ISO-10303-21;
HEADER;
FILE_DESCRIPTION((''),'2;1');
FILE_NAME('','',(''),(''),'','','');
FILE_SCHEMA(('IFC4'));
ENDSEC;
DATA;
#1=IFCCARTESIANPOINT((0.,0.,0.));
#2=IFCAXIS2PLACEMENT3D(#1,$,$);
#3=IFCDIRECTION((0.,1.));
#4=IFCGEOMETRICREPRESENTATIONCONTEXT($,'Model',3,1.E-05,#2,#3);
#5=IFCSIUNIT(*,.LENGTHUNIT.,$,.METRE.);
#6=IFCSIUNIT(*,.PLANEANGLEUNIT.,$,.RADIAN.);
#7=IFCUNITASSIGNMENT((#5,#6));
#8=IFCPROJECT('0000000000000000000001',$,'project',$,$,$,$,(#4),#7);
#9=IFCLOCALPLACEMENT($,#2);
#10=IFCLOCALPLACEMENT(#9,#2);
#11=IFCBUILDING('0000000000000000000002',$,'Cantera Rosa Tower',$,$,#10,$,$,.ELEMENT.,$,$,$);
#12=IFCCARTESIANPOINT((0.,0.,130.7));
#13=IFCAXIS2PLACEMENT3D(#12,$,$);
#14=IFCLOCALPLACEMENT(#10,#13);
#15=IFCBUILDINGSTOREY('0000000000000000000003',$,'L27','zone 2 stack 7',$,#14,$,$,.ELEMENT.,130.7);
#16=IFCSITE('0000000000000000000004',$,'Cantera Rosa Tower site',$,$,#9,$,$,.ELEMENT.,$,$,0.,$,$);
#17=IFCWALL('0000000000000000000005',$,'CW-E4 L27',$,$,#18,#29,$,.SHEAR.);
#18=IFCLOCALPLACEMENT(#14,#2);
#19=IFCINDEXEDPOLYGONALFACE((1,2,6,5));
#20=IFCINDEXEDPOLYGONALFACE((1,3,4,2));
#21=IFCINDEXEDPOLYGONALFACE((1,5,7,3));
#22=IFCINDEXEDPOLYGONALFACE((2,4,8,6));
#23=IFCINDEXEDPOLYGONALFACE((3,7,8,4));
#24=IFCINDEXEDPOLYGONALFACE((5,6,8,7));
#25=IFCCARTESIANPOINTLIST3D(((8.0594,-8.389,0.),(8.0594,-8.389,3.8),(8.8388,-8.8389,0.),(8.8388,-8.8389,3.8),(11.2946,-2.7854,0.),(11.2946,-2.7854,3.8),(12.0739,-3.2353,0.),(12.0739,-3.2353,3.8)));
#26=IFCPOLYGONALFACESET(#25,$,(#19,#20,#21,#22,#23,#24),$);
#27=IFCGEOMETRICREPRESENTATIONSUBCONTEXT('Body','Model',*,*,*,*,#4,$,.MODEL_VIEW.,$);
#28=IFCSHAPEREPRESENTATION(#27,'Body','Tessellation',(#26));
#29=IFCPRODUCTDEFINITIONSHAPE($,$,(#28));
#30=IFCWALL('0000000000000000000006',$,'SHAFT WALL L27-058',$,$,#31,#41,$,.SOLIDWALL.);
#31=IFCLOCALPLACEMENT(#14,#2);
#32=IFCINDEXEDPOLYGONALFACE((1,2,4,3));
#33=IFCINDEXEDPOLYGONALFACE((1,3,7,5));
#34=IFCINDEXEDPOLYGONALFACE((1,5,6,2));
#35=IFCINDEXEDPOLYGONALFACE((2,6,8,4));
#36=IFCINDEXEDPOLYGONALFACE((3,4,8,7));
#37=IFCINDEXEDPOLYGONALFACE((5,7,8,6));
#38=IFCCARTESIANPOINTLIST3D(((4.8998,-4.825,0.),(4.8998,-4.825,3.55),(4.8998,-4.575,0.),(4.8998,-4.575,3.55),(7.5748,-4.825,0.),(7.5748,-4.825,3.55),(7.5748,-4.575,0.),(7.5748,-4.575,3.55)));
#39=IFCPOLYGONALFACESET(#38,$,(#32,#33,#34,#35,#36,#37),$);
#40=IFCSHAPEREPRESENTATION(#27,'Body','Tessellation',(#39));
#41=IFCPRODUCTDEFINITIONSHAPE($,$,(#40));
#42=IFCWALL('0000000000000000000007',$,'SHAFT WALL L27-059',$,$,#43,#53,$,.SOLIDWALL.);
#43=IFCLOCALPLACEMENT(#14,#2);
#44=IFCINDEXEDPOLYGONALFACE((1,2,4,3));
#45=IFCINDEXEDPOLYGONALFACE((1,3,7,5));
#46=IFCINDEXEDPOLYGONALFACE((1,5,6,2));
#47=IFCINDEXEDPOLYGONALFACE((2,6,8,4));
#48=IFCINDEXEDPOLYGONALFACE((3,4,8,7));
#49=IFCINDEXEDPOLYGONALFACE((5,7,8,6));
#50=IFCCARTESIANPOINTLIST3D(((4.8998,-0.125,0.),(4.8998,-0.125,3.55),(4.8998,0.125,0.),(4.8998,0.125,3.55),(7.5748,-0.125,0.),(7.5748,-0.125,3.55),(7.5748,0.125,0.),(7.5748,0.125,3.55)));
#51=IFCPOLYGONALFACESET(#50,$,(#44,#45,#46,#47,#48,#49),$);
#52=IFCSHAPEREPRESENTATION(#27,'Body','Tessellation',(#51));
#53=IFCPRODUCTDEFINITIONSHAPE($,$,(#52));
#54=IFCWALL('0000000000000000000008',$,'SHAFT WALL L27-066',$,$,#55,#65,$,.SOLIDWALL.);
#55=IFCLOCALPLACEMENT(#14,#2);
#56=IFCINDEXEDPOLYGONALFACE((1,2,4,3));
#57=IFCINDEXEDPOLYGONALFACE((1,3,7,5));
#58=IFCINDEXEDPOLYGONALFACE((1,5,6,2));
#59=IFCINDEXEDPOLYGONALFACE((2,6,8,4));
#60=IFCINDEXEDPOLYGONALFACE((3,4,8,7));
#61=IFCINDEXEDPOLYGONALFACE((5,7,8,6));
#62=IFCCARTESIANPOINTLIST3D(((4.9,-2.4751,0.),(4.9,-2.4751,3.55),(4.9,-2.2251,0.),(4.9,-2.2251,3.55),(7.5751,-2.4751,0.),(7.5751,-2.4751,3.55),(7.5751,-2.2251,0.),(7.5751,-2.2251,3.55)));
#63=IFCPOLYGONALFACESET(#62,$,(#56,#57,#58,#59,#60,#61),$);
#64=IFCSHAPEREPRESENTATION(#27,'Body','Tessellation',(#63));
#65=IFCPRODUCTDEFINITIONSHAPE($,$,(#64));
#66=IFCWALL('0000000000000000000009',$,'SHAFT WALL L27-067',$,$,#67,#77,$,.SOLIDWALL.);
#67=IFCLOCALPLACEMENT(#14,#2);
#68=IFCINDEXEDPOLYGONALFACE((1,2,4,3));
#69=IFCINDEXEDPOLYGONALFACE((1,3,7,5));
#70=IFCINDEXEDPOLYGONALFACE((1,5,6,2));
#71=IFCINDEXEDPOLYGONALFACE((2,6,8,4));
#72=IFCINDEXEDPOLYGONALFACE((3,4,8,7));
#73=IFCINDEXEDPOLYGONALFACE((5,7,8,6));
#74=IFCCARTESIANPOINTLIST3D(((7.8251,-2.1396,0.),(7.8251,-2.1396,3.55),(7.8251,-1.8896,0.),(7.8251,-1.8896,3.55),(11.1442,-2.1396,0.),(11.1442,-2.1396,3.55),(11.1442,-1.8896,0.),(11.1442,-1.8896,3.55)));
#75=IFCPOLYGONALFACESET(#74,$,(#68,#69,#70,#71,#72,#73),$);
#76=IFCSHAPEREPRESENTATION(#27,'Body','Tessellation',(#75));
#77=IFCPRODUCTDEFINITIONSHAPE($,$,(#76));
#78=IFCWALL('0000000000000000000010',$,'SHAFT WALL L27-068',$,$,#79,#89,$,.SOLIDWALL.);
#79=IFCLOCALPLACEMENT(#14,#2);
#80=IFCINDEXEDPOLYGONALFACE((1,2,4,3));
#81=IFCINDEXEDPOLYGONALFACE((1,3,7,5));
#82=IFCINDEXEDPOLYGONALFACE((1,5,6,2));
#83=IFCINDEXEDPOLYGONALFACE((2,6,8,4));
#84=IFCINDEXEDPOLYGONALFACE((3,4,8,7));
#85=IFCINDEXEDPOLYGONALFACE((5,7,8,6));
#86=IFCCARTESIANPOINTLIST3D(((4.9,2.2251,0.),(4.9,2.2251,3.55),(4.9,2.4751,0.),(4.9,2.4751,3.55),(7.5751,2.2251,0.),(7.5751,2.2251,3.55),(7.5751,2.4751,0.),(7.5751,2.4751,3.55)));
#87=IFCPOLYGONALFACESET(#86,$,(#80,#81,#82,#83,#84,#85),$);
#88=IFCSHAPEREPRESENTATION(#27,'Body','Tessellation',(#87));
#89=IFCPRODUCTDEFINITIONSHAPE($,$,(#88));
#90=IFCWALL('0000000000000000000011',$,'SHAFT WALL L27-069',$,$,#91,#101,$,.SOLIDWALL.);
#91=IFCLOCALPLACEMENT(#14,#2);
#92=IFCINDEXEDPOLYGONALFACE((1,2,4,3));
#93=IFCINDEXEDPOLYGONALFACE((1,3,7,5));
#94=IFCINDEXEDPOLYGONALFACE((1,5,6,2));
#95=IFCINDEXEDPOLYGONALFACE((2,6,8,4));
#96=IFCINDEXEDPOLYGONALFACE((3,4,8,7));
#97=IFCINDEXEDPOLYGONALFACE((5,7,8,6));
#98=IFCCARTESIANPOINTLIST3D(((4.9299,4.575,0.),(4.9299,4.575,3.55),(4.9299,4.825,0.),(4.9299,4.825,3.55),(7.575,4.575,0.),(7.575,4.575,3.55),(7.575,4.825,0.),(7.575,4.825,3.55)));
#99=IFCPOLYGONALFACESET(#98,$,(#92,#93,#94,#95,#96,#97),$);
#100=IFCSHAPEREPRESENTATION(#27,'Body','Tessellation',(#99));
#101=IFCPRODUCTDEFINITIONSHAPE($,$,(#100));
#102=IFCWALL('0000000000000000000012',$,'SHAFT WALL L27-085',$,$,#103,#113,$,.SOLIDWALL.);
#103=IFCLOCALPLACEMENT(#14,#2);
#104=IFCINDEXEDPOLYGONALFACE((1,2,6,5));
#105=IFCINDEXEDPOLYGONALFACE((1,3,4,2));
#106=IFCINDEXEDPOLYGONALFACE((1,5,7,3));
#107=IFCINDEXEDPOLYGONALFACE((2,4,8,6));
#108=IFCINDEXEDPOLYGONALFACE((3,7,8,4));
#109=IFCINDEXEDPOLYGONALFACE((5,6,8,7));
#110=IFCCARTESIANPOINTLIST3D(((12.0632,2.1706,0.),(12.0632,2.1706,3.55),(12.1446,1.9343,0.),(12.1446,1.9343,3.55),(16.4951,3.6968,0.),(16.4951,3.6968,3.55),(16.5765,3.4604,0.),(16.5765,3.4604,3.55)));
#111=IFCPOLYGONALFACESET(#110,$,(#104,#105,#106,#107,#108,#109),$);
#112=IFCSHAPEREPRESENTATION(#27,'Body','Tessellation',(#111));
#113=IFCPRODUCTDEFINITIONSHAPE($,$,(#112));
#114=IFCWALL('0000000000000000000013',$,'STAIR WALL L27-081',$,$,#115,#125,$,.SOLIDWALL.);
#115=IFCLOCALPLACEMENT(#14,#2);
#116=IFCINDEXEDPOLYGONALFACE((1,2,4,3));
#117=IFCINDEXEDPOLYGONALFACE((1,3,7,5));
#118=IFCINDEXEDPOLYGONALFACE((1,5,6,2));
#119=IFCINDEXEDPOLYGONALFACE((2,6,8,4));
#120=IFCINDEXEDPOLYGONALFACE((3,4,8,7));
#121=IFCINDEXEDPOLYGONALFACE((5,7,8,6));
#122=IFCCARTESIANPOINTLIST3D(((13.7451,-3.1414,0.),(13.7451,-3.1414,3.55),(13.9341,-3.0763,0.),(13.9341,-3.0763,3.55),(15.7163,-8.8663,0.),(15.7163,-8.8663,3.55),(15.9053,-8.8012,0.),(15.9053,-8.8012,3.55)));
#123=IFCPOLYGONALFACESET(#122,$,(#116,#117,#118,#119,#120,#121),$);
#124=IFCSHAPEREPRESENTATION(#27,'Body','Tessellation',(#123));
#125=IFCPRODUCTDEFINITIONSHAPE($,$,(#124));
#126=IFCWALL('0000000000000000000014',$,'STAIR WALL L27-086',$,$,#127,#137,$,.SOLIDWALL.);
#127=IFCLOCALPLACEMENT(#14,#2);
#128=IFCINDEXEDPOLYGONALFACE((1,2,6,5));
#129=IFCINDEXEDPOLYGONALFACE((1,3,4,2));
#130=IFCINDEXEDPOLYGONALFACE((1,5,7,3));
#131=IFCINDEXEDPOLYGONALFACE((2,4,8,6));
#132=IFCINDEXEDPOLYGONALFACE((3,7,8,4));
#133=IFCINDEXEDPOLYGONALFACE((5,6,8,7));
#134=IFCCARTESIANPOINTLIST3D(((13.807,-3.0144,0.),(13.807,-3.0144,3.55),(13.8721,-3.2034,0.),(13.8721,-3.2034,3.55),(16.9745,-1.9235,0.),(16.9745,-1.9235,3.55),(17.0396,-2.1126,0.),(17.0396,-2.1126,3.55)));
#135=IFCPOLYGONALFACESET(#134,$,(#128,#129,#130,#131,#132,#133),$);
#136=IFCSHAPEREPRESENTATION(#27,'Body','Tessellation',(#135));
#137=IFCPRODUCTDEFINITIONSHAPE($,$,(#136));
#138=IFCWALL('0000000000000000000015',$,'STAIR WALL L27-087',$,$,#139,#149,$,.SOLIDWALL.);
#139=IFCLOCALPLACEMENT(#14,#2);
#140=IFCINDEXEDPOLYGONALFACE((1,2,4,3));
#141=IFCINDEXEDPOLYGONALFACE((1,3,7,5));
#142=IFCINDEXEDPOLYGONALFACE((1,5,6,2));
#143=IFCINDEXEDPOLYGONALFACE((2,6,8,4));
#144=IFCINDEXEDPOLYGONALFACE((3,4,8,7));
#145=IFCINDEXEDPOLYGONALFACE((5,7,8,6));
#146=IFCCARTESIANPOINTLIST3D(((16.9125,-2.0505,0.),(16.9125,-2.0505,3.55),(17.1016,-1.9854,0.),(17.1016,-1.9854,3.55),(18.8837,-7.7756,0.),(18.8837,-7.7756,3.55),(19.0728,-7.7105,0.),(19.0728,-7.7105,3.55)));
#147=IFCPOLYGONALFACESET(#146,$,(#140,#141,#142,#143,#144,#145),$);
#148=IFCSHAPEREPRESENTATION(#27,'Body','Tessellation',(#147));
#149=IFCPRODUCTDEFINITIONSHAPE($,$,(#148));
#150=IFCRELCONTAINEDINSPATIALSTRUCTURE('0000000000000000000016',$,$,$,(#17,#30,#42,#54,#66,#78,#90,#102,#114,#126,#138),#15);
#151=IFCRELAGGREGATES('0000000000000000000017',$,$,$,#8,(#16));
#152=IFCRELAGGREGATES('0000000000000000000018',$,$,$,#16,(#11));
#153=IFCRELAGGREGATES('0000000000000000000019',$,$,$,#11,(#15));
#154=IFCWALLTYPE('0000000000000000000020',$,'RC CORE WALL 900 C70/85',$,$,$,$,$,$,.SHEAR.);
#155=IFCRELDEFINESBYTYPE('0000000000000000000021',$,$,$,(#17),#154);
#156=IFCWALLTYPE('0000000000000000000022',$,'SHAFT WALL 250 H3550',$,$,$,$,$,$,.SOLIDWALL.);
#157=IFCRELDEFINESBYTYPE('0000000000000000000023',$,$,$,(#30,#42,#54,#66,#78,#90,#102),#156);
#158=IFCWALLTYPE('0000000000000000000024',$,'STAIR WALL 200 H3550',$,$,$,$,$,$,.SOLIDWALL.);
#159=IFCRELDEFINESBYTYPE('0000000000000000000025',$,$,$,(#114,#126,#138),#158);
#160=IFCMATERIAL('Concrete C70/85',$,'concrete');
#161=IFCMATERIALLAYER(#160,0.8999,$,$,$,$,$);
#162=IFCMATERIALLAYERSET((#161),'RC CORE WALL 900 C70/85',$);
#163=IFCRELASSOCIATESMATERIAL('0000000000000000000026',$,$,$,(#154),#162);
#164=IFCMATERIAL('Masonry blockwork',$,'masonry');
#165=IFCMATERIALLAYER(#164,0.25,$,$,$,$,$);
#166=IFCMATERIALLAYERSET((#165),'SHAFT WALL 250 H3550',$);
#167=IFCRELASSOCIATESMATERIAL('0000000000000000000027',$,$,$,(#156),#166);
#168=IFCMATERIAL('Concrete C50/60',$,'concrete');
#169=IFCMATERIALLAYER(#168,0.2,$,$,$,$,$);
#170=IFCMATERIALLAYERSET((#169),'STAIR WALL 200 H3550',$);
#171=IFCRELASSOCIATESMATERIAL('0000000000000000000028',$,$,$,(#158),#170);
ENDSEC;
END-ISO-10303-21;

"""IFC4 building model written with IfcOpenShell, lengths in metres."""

from ifc_helpers import new_model, si_unit, direction, frame, frame_2d, origin, place, context, subcontext, project, spatial, rectangle, extrude, material, layer, layer_set, type_object, element, save


model = new_model("IFC4")

# Units and contexts
model_context = context("Model", 3, precision=1e-05, world=origin(), true_north=direction((0.0, 1.0)))
body_context = subcontext(model_context, "Body", "Model", "MODEL_VIEW")
ifc_project = project(units=[si_unit("LENGTHUNIT", "METRE"), si_unit("PLANEANGLEUNIT", "RADIAN")], contexts=[model_context])

# Site, building, storey
site_placement = place(None, origin())
site = spatial("IfcSite", under=ifc_project, at=site_placement, Name="Cantera Rosa Tower site", CompositionType="ELEMENT", RefElevation=0.0)
building_placement = place(site_placement, origin())
building = spatial("IfcBuilding", under=site, at=building_placement, Name="Cantera Rosa Tower", CompositionType="ELEMENT")
storey_placement = place(building_placement, frame((0.0, 0.0, 130.7)))
storey = spatial("IfcBuildingStorey", under=building, at=storey_placement, Name="L27", Description="zone 2 stack 7", CompositionType="ELEMENT", Elevation=130.7)

# Walls
ifc_material_1 = material(Name="Concrete C70/85", Category="concrete")
ifc_layer_1 = layer(ifc_material_1, 0.8999)
ifc_layer_set_1 = layer_set([ifc_layer_1], Name="RC CORE WALL 900 C70/85")
wall_type_1 = type_object("IfcWallType", Name="RC CORE WALL 900 C70/85", PredefinedType="SHEAR", material=ifc_layer_set_1)
wall_1_placement = place(storey_placement, frame((11.6843, -3.0103, 0.0), z_axis=(0.0, 0.0, 1.0), x_axis=(-0.49999, -0.866031, 0.0)))
element("IfcWall", 1, at=wall_1_placement, inside=storey, type_object=wall_type_1, Name="CW-E4 L27", PredefinedType="SHEAR", context=body_context, shape_type="SweptSolid", body=[
    extrude(rectangle(XDim=6.4705, YDim=0.8999, at=frame_2d((3.2354, 0.0))), origin(), (0.0, 0.0, 1.0), 3.8),
])
ifc_material_2 = material(Name="Masonry blockwork", Category="masonry")
ifc_layer_2 = layer(ifc_material_2, 0.25)
ifc_layer_set_2 = layer_set([ifc_layer_2], Name="SHAFT WALL 250 H3550")
wall_type_2 = type_object("IfcWallType", Name="SHAFT WALL 250 H3550", PredefinedType="SOLIDWALL", material=ifc_layer_set_2)
for number, where, z_axis, x_axis, name in (
    (2, (4.8999, -4.7, 0.0), (0.0, 0.0, 1.0), (1.0, 0.0, 0.0), "SHAFT WALL L27-058"),
    (3, (4.8999, 0.0, 0.0), (0.0, 0.0, 1.0), (1.0, 0.0, 0.0), "SHAFT WALL L27-059"),
    (4, (7.575, -2.3501, 0.0), (0.0, 0.0, 1.0), (-1.0, 0.0, 0.0), "SHAFT WALL L27-066"),
):
    element("IfcWall", number, at=place(storey_placement, frame(where, z_axis=z_axis, x_axis=x_axis)), inside=storey, type_object=wall_type_2, Name=name, PredefinedType="SOLIDWALL", context=body_context, shape_type="SweptSolid", body=[
        extrude(rectangle(XDim=2.675, YDim=0.25, at=frame_2d((1.3374, 0.0))), origin(), (0.0, 0.0, 1.0), 3.55),
    ])
wall_2_placement = place(storey_placement, frame((7.825, -2.0146, 0.0), z_axis=(0.0, 0.0, 1.0), x_axis=(1.0, 0.0, 0.0)))
element("IfcWall", 5, at=wall_2_placement, inside=storey, type_object=wall_type_2, Name="SHAFT WALL L27-067", PredefinedType="SOLIDWALL", context=body_context, shape_type="SweptSolid", body=[
    extrude(rectangle(XDim=3.3191, YDim=0.25, at=frame_2d((1.6597, 0.0))), origin(), (0.0, 0.0, 1.0), 3.55),
])
wall_3_placement = place(storey_placement, frame((7.575, 2.3501, 0.0), z_axis=(0.0, 0.0, 1.0), x_axis=(-1.0, 0.0, 0.0)))
element("IfcWall", 6, at=wall_3_placement, inside=storey, type_object=wall_type_2, Name="SHAFT WALL L27-068", PredefinedType="SOLIDWALL", context=body_context, shape_type="SweptSolid", body=[
    extrude(rectangle(XDim=2.675, YDim=0.25, at=frame_2d((1.3374, 0.0))), origin(), (0.0, 0.0, 1.0), 3.55),
])
wall_4_placement = place(storey_placement, frame((7.575, 4.7, 0.0), z_axis=(0.0, 0.0, 1.0), x_axis=(-1.0, 0.0, 0.0)))
element("IfcWall", 7, at=wall_4_placement, inside=storey, type_object=wall_type_2, Name="SHAFT WALL L27-069", PredefinedType="SOLIDWALL", context=body_context, shape_type="SweptSolid", body=[
    extrude(rectangle(XDim=2.645, YDim=0.25, at=frame_2d((1.3225, 0.0))), origin(), (0.0, 0.0, 1.0), 3.55),
])
wall_5_placement = place(storey_placement, frame((16.5359, 3.5786, 0.0), z_axis=(0.0, 0.0, 1.0), x_axis=(-0.945512, -0.325588, 0.0)))
element("IfcWall", 8, at=wall_5_placement, inside=storey, type_object=wall_type_2, Name="SHAFT WALL L27-085", PredefinedType="SOLIDWALL", context=body_context, shape_type="SweptSolid", body=[
    extrude(rectangle(XDim=4.6873, YDim=0.25, at=frame_2d((2.3438, 0.0))), origin(), (0.0, 0.0, 1.0), 3.55),
])
ifc_material_3 = material(Name="Concrete C50/60", Category="concrete")
ifc_layer_3 = layer(ifc_material_3, 0.2)
ifc_layer_set_3 = layer_set([ifc_layer_3], Name="STAIR WALL 200 H3550")
wall_type_3 = type_object("IfcWallType", Name="STAIR WALL 200 H3550", PredefinedType="SOLIDWALL", material=ifc_layer_set_3)
wall_6_placement = place(storey_placement, frame((13.8396, -3.1089, 0.0), z_axis=(0.0, 0.0, 1.0), x_axis=(0.325563, -0.94552, 0.0)))
element("IfcWall", 9, at=wall_6_placement, inside=storey, type_object=wall_type_3, Name="STAIR WALL L27-081", PredefinedType="SOLIDWALL", context=body_context, shape_type="SweptSolid", body=[
    extrude(rectangle(XDim=6.0547, YDim=0.2, at=frame_2d((3.0273, 0.0))), origin(), (0.0, 0.0, 1.0), 3.55),
])
wall_7_placement = place(storey_placement, frame((17.0071, -2.0181, 0.0), z_axis=(0.0, 0.0, 1.0), x_axis=(-0.945503, -0.325613, 0.0)))
element("IfcWall", 10, at=wall_7_placement, inside=storey, type_object=wall_type_3, Name="STAIR WALL L27-086", PredefinedType="SOLIDWALL", context=body_context, shape_type="SweptSolid", body=[
    extrude(rectangle(XDim=3.3501, YDim=0.2, at=frame_2d((1.675, 0.0))), origin(), (0.0, 0.0, 1.0), 3.55),
])
wall_8_placement = place(storey_placement, frame((17.0071, -2.0181, 0.0), z_axis=(0.0, 0.0, 1.0), x_axis=(0.325551, -0.945525, 0.0)))
element("IfcWall", 11, at=wall_8_placement, inside=storey, type_object=wall_type_3, Name="STAIR WALL L27-087", PredefinedType="SOLIDWALL", context=body_context, shape_type="SweptSolid", body=[
    extrude(rectangle(XDim=6.0549, YDim=0.2, at=frame_2d((3.0273, 0.0))), origin(), (0.0, 0.0, 1.0), 3.55),
])

save(model, "model.ifc")
